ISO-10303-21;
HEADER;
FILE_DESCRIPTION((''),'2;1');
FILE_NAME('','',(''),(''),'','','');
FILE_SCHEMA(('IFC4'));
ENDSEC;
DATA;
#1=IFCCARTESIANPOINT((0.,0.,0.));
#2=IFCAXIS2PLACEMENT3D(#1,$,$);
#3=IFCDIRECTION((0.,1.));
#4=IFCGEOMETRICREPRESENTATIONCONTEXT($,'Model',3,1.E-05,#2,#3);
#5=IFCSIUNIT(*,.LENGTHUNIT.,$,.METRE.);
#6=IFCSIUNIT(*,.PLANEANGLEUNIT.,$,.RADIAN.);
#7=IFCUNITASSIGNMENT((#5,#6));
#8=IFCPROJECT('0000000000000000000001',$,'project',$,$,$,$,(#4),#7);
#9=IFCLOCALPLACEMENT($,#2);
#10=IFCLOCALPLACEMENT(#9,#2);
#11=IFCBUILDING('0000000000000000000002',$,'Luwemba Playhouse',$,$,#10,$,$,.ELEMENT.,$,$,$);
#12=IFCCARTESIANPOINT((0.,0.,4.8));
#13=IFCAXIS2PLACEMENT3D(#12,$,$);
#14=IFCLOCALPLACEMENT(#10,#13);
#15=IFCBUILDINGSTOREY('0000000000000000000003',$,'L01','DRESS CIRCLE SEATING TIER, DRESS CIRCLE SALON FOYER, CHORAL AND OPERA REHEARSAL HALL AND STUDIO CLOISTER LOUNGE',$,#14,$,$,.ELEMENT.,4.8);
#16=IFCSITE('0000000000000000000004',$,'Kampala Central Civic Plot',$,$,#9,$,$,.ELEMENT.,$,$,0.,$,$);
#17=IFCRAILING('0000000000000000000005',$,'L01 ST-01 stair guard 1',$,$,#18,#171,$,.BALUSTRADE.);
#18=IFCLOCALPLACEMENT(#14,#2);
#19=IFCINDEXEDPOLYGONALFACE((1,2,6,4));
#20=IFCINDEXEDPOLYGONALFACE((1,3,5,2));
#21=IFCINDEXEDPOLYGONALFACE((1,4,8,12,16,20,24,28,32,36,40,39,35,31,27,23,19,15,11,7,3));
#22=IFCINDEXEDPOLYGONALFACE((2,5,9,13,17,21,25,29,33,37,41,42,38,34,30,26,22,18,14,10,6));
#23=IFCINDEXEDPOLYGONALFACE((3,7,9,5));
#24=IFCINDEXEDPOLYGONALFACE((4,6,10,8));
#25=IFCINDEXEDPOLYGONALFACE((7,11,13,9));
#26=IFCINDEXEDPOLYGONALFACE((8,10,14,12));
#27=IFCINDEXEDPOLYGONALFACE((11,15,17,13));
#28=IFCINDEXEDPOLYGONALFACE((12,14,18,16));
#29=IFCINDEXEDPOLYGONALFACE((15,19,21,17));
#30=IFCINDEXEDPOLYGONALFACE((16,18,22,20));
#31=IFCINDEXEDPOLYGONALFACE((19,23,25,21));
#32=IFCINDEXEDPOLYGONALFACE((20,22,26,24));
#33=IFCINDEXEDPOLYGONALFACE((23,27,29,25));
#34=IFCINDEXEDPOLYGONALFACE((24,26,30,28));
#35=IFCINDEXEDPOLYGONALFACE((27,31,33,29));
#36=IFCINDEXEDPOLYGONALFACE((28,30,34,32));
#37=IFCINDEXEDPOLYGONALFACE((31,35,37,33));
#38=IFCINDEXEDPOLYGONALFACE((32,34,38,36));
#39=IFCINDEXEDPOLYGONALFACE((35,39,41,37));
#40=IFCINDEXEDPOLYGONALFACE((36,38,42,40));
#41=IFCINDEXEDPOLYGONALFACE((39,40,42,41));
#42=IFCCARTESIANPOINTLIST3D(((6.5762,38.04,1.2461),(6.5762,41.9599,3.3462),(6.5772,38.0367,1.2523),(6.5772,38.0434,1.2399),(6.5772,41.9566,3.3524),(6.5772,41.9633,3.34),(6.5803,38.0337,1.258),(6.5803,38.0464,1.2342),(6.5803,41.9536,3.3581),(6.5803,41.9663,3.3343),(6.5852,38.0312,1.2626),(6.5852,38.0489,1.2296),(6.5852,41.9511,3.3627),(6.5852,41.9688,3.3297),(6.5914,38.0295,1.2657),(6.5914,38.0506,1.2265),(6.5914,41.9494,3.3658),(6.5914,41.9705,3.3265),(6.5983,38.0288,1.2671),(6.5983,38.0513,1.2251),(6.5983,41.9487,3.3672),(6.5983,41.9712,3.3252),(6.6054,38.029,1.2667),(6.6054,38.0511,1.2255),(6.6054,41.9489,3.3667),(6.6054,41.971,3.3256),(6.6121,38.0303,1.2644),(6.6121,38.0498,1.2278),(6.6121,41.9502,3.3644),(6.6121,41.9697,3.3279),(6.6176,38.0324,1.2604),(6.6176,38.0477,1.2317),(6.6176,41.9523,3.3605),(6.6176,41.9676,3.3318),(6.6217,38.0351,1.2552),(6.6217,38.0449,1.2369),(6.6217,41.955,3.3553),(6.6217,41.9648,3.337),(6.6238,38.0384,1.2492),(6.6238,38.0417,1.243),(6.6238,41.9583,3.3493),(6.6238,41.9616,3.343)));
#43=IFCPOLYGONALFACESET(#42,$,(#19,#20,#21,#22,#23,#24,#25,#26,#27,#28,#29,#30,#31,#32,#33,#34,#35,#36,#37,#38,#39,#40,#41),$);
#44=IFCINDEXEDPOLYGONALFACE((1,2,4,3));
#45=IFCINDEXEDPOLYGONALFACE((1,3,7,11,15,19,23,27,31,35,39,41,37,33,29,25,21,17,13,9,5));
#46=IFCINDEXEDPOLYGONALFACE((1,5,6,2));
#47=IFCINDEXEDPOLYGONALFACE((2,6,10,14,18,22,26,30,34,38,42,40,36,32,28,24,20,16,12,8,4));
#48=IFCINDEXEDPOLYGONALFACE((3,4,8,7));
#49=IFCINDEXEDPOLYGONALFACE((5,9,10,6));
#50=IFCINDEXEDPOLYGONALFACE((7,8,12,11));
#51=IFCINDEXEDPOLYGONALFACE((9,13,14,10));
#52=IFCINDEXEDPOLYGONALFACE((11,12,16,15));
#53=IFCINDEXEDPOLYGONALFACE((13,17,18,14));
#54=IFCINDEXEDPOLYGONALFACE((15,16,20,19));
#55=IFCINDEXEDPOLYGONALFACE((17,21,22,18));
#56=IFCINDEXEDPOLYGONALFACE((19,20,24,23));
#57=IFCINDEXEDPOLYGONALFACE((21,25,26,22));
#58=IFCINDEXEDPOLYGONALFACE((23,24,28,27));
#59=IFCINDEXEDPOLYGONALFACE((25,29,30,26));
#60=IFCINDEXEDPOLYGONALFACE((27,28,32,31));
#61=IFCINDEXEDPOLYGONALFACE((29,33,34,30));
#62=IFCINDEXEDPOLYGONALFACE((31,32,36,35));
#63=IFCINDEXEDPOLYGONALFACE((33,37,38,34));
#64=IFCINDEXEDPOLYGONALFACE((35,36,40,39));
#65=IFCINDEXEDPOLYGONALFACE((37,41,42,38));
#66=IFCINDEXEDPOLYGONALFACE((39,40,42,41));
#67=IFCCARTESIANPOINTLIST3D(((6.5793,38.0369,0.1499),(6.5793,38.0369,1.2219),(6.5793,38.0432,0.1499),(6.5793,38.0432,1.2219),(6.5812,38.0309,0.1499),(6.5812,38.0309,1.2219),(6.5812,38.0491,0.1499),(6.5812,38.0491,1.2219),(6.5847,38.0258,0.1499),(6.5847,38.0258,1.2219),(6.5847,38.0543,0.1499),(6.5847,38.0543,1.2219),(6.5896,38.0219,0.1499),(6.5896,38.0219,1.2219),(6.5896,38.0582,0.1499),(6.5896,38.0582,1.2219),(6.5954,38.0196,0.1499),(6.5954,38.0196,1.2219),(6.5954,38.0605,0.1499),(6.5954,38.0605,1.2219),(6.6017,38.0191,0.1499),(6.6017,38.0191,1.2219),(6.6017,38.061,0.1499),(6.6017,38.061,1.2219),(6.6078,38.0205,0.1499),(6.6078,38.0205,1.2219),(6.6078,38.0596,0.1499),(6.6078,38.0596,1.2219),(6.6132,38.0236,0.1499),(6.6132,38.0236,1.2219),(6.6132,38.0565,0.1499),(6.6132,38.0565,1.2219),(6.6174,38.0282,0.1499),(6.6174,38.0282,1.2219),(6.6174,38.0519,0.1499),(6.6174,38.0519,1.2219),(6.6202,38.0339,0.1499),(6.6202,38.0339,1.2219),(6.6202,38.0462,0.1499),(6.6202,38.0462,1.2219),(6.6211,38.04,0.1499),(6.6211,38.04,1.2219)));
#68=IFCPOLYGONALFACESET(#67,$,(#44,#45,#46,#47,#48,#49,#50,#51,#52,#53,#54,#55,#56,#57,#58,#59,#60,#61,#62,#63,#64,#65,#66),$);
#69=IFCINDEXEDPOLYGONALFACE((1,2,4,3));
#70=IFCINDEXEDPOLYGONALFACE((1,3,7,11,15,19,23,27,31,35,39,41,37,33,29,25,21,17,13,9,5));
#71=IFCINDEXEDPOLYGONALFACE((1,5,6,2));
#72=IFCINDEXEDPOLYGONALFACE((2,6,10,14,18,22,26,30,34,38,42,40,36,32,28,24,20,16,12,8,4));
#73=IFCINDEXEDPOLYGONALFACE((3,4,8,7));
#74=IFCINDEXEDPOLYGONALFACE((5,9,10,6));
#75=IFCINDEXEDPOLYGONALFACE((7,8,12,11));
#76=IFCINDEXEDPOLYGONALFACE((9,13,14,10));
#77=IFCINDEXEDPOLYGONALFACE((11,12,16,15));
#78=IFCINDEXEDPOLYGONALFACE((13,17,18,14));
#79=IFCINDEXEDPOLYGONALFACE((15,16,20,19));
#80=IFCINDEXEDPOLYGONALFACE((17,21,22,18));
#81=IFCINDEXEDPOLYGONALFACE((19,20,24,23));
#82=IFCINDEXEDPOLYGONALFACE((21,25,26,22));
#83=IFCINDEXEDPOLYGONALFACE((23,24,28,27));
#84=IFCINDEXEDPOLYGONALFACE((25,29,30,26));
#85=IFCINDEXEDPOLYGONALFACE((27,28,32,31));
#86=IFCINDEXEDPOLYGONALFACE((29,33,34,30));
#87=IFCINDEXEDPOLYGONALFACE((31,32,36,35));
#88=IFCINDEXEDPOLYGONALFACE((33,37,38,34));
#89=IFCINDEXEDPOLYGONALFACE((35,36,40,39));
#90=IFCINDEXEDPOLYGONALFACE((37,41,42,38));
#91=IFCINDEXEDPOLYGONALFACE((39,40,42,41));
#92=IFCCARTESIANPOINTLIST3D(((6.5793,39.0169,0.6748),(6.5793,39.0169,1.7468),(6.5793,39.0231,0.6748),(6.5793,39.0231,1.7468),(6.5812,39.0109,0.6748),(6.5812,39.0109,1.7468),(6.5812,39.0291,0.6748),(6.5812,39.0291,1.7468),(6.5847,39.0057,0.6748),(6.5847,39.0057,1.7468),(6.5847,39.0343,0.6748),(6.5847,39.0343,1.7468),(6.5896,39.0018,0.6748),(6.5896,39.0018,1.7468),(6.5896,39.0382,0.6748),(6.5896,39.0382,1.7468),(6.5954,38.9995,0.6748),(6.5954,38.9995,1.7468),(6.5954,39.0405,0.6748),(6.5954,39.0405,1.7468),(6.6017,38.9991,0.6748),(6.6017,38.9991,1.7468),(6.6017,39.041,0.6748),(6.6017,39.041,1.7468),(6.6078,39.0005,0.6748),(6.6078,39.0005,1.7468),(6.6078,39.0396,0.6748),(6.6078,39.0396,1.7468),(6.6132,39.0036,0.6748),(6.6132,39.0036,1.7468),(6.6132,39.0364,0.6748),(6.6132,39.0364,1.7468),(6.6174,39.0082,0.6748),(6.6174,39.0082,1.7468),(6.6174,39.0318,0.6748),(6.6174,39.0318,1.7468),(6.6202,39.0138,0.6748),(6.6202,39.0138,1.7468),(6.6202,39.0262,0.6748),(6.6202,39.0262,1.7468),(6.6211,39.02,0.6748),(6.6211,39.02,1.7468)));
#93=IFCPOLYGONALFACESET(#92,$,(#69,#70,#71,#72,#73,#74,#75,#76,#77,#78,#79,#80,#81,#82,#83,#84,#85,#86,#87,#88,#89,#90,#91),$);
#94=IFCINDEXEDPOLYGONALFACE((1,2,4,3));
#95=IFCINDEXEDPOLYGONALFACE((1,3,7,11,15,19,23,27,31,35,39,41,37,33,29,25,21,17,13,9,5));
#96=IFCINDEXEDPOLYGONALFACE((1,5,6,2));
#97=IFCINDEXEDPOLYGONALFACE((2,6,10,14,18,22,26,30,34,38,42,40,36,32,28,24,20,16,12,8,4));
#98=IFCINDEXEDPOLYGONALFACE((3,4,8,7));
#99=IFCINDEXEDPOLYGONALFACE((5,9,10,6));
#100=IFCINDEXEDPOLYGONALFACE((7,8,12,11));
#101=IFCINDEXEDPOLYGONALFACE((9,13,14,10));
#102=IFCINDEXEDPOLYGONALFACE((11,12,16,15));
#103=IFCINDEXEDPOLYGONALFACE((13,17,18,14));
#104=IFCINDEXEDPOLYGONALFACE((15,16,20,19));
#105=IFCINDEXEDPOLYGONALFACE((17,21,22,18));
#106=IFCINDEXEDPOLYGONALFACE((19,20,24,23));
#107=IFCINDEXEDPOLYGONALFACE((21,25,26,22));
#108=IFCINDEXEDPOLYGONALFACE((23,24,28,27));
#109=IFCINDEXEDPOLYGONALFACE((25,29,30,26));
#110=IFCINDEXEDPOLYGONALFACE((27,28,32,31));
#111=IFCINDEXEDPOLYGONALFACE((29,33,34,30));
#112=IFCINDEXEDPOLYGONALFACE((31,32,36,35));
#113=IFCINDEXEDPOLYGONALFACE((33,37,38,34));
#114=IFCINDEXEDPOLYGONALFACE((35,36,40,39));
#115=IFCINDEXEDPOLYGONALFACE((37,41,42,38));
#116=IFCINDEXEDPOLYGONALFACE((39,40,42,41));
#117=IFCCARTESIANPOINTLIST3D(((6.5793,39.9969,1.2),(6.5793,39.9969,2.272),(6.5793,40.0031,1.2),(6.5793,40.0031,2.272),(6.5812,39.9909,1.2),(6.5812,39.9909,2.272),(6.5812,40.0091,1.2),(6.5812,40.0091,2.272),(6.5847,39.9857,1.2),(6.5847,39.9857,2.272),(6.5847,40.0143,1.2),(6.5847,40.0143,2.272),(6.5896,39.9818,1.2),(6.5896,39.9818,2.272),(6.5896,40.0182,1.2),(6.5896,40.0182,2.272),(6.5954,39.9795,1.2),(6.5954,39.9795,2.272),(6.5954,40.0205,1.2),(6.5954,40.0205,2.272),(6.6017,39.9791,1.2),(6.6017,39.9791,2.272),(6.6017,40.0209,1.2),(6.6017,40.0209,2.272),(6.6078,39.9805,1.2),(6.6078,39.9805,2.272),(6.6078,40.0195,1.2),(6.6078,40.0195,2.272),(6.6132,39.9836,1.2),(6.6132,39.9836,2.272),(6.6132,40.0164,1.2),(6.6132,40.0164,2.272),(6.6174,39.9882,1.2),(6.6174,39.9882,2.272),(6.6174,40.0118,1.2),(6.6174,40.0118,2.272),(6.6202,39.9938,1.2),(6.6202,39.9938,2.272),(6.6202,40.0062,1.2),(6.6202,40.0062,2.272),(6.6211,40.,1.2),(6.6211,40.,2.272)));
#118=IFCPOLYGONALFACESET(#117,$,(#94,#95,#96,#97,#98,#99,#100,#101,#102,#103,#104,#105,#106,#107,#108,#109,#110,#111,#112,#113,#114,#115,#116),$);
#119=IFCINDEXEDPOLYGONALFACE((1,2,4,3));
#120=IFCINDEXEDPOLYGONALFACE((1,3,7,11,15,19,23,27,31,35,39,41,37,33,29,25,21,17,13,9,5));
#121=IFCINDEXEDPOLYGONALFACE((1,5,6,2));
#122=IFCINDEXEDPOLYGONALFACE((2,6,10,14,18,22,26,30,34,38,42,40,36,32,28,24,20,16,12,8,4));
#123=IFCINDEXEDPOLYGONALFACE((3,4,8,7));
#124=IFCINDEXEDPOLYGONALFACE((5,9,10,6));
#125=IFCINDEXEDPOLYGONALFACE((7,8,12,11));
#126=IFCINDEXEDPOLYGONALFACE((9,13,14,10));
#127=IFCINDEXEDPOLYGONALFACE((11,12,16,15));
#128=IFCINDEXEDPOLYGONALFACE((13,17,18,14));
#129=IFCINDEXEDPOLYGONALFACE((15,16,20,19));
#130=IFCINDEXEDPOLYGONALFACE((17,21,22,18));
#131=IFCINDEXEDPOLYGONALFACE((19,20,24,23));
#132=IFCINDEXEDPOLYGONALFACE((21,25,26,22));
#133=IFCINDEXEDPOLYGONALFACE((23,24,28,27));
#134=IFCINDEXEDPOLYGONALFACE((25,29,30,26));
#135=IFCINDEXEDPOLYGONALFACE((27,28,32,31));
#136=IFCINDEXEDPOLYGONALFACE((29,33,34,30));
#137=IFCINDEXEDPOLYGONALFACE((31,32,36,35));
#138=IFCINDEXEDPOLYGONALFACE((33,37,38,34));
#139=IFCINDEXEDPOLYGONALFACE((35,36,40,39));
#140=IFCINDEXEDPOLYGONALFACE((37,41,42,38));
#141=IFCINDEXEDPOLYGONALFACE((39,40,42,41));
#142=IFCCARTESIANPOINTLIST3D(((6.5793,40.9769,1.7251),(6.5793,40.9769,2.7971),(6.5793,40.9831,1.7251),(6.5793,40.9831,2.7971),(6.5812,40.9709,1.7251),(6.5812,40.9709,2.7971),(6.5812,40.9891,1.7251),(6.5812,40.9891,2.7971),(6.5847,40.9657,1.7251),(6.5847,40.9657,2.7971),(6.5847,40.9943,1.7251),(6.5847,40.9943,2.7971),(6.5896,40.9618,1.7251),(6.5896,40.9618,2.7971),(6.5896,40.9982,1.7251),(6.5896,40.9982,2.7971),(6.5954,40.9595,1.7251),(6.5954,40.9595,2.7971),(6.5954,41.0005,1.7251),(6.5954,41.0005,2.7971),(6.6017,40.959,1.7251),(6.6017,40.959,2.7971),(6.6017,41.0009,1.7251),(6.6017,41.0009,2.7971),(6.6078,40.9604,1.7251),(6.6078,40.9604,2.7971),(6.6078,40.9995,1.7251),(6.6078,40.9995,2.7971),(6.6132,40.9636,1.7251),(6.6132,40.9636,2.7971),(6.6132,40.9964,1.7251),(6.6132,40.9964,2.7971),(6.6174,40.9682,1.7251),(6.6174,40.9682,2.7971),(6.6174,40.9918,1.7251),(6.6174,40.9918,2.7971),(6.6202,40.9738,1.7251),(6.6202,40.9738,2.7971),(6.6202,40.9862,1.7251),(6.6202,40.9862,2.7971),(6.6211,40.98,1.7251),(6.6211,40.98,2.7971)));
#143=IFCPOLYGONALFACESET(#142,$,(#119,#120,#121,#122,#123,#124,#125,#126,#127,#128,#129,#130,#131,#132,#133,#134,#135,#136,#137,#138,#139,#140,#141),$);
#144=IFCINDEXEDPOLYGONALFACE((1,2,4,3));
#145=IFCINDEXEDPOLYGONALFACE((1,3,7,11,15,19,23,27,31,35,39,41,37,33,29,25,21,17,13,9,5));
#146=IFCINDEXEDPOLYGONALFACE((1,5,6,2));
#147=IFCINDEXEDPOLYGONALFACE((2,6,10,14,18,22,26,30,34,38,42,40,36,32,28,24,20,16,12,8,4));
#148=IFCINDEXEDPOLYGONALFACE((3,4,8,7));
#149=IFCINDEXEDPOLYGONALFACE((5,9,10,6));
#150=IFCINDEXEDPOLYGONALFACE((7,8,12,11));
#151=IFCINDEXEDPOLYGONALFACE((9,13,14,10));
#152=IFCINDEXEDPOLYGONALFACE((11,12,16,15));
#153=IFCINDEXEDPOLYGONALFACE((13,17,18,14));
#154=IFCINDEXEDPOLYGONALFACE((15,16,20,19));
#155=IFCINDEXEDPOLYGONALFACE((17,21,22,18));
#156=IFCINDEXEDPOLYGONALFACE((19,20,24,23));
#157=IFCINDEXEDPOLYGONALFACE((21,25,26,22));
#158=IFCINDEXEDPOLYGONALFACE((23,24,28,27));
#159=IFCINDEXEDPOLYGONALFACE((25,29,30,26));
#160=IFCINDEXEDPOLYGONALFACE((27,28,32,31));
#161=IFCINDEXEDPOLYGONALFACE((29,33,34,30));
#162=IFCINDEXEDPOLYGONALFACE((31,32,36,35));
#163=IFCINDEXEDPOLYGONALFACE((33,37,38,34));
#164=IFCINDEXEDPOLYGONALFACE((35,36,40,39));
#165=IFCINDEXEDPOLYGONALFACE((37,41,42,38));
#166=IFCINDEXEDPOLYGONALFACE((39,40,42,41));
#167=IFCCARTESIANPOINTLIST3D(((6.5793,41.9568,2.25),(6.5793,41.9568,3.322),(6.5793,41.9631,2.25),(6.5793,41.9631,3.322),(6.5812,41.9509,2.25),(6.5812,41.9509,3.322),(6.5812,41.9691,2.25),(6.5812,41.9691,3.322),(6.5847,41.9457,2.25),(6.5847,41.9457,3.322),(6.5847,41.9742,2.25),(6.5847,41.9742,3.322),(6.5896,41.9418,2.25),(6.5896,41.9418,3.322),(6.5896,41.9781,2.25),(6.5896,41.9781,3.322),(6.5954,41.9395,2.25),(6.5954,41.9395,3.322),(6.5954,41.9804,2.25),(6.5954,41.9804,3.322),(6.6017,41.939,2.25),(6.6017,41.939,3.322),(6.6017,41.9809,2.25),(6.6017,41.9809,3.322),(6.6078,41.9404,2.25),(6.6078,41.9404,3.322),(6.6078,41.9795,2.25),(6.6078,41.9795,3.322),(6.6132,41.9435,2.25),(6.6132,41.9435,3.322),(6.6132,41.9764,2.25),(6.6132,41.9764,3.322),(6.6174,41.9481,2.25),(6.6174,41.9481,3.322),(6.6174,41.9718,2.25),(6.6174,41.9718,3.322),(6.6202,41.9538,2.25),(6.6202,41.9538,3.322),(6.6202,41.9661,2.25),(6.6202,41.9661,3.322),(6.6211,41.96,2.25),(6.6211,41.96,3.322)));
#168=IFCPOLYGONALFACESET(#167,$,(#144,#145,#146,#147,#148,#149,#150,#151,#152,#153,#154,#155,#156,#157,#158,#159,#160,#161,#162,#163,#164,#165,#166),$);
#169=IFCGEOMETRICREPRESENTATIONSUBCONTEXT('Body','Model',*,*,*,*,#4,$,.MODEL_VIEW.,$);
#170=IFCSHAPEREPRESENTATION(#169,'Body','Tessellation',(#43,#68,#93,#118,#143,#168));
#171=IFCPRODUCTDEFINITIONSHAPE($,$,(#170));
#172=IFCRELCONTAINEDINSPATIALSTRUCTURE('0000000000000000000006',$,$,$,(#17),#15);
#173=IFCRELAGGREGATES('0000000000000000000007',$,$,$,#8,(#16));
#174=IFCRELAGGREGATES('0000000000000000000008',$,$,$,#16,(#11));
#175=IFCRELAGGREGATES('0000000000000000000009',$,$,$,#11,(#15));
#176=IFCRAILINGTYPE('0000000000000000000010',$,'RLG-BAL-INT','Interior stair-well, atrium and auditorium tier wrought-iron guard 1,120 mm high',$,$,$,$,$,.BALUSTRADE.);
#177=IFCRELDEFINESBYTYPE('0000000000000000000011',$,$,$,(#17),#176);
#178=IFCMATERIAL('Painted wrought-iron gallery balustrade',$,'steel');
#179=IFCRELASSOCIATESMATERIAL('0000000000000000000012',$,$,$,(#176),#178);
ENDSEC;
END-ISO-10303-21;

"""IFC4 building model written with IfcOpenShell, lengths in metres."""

from ifc_helpers import new_model, si_unit, direction, frame, origin, origin_2d, place, context, subcontext, project, spatial, circle, extrude, material, type_object, element, save


model = new_model("IFC4")

# Units and contexts
model_context = context("Model", 3, precision=1e-05, world=origin(), true_north=direction((0.0, 1.0)))
body_context = subcontext(model_context, "Body", "Model", "MODEL_VIEW")
ifc_project = project(units=[si_unit("LENGTHUNIT", "METRE"), si_unit("PLANEANGLEUNIT", "RADIAN")], contexts=[model_context])

# Site, building, storey
site_placement = place(None, origin())
site = spatial("IfcSite", under=ifc_project, at=site_placement, Name="Kampala Central Civic Plot", CompositionType="ELEMENT", RefElevation=0.0)
building_placement = place(site_placement, origin())
building = spatial("IfcBuilding", under=site, at=building_placement, Name="Luwemba Playhouse", CompositionType="ELEMENT")
storey_placement = place(building_placement, frame((0.0, 0.0, 4.8)))
storey = spatial("IfcBuildingStorey", under=building, at=storey_placement, Name="L01", Description="DRESS CIRCLE SEATING TIER, DRESS CIRCLE SALON FOYER, CHORAL AND OPERA REHEARSAL HALL AND STUDIO CLOISTER LOUNGE", CompositionType="ELEMENT", Elevation=4.8)

# Railing
ifc_material_1 = material(Name="Painted wrought-iron gallery balustrade", Category="steel")
railing_type = type_object("IfcRailingType", Name="RLG-BAL-INT", Description="Interior stair-well, atrium and auditorium tier wrought-iron guard 1,120 mm high", PredefinedType="BALUSTRADE", material=ifc_material_1)
railing_1_placement = place(storey_placement, frame((6.6001, 38.04, 0.1499)))
element("IfcRailing", 1, at=railing_1_placement, inside=storey, type_object=railing_type, Name="L01 ST-01 stair guard 1", PredefinedType="BALUSTRADE", context=body_context, shape_type="SweptSolid", body=[
    extrude(circle(Radius=0.0239, at=origin_2d()), frame((0.0, 0.0, 1.0962), z_axis=(0.0, 0.881467, 0.472246), x_axis=(-1.0, 0.0, 0.0)), (0.0, 0.0, 1.0), 4.447),
    extrude(circle(Radius=0.021, at=origin_2d()), origin(), (0.0, 0.0, 1.0), 1.072),
    extrude(circle(Radius=0.021, at=origin_2d()), frame((0.0, 0.98, 0.5249)), (0.0, 0.0, 1.0), 1.072),
    extrude(circle(Radius=0.021, at=origin_2d()), frame((0.0, 1.96, 1.05)), (0.0, 0.0, 1.0), 1.072),
    extrude(circle(Radius=0.021, at=origin_2d()), frame((0.0, 2.9399, 1.5752)), (0.0, 0.0, 1.0), 1.072),
    extrude(circle(Radius=0.021, at=origin_2d()), frame((0.0, 3.9199, 2.1001)), (0.0, 0.0, 1.0), 1.072),
])

save(model, "model.ifc")
